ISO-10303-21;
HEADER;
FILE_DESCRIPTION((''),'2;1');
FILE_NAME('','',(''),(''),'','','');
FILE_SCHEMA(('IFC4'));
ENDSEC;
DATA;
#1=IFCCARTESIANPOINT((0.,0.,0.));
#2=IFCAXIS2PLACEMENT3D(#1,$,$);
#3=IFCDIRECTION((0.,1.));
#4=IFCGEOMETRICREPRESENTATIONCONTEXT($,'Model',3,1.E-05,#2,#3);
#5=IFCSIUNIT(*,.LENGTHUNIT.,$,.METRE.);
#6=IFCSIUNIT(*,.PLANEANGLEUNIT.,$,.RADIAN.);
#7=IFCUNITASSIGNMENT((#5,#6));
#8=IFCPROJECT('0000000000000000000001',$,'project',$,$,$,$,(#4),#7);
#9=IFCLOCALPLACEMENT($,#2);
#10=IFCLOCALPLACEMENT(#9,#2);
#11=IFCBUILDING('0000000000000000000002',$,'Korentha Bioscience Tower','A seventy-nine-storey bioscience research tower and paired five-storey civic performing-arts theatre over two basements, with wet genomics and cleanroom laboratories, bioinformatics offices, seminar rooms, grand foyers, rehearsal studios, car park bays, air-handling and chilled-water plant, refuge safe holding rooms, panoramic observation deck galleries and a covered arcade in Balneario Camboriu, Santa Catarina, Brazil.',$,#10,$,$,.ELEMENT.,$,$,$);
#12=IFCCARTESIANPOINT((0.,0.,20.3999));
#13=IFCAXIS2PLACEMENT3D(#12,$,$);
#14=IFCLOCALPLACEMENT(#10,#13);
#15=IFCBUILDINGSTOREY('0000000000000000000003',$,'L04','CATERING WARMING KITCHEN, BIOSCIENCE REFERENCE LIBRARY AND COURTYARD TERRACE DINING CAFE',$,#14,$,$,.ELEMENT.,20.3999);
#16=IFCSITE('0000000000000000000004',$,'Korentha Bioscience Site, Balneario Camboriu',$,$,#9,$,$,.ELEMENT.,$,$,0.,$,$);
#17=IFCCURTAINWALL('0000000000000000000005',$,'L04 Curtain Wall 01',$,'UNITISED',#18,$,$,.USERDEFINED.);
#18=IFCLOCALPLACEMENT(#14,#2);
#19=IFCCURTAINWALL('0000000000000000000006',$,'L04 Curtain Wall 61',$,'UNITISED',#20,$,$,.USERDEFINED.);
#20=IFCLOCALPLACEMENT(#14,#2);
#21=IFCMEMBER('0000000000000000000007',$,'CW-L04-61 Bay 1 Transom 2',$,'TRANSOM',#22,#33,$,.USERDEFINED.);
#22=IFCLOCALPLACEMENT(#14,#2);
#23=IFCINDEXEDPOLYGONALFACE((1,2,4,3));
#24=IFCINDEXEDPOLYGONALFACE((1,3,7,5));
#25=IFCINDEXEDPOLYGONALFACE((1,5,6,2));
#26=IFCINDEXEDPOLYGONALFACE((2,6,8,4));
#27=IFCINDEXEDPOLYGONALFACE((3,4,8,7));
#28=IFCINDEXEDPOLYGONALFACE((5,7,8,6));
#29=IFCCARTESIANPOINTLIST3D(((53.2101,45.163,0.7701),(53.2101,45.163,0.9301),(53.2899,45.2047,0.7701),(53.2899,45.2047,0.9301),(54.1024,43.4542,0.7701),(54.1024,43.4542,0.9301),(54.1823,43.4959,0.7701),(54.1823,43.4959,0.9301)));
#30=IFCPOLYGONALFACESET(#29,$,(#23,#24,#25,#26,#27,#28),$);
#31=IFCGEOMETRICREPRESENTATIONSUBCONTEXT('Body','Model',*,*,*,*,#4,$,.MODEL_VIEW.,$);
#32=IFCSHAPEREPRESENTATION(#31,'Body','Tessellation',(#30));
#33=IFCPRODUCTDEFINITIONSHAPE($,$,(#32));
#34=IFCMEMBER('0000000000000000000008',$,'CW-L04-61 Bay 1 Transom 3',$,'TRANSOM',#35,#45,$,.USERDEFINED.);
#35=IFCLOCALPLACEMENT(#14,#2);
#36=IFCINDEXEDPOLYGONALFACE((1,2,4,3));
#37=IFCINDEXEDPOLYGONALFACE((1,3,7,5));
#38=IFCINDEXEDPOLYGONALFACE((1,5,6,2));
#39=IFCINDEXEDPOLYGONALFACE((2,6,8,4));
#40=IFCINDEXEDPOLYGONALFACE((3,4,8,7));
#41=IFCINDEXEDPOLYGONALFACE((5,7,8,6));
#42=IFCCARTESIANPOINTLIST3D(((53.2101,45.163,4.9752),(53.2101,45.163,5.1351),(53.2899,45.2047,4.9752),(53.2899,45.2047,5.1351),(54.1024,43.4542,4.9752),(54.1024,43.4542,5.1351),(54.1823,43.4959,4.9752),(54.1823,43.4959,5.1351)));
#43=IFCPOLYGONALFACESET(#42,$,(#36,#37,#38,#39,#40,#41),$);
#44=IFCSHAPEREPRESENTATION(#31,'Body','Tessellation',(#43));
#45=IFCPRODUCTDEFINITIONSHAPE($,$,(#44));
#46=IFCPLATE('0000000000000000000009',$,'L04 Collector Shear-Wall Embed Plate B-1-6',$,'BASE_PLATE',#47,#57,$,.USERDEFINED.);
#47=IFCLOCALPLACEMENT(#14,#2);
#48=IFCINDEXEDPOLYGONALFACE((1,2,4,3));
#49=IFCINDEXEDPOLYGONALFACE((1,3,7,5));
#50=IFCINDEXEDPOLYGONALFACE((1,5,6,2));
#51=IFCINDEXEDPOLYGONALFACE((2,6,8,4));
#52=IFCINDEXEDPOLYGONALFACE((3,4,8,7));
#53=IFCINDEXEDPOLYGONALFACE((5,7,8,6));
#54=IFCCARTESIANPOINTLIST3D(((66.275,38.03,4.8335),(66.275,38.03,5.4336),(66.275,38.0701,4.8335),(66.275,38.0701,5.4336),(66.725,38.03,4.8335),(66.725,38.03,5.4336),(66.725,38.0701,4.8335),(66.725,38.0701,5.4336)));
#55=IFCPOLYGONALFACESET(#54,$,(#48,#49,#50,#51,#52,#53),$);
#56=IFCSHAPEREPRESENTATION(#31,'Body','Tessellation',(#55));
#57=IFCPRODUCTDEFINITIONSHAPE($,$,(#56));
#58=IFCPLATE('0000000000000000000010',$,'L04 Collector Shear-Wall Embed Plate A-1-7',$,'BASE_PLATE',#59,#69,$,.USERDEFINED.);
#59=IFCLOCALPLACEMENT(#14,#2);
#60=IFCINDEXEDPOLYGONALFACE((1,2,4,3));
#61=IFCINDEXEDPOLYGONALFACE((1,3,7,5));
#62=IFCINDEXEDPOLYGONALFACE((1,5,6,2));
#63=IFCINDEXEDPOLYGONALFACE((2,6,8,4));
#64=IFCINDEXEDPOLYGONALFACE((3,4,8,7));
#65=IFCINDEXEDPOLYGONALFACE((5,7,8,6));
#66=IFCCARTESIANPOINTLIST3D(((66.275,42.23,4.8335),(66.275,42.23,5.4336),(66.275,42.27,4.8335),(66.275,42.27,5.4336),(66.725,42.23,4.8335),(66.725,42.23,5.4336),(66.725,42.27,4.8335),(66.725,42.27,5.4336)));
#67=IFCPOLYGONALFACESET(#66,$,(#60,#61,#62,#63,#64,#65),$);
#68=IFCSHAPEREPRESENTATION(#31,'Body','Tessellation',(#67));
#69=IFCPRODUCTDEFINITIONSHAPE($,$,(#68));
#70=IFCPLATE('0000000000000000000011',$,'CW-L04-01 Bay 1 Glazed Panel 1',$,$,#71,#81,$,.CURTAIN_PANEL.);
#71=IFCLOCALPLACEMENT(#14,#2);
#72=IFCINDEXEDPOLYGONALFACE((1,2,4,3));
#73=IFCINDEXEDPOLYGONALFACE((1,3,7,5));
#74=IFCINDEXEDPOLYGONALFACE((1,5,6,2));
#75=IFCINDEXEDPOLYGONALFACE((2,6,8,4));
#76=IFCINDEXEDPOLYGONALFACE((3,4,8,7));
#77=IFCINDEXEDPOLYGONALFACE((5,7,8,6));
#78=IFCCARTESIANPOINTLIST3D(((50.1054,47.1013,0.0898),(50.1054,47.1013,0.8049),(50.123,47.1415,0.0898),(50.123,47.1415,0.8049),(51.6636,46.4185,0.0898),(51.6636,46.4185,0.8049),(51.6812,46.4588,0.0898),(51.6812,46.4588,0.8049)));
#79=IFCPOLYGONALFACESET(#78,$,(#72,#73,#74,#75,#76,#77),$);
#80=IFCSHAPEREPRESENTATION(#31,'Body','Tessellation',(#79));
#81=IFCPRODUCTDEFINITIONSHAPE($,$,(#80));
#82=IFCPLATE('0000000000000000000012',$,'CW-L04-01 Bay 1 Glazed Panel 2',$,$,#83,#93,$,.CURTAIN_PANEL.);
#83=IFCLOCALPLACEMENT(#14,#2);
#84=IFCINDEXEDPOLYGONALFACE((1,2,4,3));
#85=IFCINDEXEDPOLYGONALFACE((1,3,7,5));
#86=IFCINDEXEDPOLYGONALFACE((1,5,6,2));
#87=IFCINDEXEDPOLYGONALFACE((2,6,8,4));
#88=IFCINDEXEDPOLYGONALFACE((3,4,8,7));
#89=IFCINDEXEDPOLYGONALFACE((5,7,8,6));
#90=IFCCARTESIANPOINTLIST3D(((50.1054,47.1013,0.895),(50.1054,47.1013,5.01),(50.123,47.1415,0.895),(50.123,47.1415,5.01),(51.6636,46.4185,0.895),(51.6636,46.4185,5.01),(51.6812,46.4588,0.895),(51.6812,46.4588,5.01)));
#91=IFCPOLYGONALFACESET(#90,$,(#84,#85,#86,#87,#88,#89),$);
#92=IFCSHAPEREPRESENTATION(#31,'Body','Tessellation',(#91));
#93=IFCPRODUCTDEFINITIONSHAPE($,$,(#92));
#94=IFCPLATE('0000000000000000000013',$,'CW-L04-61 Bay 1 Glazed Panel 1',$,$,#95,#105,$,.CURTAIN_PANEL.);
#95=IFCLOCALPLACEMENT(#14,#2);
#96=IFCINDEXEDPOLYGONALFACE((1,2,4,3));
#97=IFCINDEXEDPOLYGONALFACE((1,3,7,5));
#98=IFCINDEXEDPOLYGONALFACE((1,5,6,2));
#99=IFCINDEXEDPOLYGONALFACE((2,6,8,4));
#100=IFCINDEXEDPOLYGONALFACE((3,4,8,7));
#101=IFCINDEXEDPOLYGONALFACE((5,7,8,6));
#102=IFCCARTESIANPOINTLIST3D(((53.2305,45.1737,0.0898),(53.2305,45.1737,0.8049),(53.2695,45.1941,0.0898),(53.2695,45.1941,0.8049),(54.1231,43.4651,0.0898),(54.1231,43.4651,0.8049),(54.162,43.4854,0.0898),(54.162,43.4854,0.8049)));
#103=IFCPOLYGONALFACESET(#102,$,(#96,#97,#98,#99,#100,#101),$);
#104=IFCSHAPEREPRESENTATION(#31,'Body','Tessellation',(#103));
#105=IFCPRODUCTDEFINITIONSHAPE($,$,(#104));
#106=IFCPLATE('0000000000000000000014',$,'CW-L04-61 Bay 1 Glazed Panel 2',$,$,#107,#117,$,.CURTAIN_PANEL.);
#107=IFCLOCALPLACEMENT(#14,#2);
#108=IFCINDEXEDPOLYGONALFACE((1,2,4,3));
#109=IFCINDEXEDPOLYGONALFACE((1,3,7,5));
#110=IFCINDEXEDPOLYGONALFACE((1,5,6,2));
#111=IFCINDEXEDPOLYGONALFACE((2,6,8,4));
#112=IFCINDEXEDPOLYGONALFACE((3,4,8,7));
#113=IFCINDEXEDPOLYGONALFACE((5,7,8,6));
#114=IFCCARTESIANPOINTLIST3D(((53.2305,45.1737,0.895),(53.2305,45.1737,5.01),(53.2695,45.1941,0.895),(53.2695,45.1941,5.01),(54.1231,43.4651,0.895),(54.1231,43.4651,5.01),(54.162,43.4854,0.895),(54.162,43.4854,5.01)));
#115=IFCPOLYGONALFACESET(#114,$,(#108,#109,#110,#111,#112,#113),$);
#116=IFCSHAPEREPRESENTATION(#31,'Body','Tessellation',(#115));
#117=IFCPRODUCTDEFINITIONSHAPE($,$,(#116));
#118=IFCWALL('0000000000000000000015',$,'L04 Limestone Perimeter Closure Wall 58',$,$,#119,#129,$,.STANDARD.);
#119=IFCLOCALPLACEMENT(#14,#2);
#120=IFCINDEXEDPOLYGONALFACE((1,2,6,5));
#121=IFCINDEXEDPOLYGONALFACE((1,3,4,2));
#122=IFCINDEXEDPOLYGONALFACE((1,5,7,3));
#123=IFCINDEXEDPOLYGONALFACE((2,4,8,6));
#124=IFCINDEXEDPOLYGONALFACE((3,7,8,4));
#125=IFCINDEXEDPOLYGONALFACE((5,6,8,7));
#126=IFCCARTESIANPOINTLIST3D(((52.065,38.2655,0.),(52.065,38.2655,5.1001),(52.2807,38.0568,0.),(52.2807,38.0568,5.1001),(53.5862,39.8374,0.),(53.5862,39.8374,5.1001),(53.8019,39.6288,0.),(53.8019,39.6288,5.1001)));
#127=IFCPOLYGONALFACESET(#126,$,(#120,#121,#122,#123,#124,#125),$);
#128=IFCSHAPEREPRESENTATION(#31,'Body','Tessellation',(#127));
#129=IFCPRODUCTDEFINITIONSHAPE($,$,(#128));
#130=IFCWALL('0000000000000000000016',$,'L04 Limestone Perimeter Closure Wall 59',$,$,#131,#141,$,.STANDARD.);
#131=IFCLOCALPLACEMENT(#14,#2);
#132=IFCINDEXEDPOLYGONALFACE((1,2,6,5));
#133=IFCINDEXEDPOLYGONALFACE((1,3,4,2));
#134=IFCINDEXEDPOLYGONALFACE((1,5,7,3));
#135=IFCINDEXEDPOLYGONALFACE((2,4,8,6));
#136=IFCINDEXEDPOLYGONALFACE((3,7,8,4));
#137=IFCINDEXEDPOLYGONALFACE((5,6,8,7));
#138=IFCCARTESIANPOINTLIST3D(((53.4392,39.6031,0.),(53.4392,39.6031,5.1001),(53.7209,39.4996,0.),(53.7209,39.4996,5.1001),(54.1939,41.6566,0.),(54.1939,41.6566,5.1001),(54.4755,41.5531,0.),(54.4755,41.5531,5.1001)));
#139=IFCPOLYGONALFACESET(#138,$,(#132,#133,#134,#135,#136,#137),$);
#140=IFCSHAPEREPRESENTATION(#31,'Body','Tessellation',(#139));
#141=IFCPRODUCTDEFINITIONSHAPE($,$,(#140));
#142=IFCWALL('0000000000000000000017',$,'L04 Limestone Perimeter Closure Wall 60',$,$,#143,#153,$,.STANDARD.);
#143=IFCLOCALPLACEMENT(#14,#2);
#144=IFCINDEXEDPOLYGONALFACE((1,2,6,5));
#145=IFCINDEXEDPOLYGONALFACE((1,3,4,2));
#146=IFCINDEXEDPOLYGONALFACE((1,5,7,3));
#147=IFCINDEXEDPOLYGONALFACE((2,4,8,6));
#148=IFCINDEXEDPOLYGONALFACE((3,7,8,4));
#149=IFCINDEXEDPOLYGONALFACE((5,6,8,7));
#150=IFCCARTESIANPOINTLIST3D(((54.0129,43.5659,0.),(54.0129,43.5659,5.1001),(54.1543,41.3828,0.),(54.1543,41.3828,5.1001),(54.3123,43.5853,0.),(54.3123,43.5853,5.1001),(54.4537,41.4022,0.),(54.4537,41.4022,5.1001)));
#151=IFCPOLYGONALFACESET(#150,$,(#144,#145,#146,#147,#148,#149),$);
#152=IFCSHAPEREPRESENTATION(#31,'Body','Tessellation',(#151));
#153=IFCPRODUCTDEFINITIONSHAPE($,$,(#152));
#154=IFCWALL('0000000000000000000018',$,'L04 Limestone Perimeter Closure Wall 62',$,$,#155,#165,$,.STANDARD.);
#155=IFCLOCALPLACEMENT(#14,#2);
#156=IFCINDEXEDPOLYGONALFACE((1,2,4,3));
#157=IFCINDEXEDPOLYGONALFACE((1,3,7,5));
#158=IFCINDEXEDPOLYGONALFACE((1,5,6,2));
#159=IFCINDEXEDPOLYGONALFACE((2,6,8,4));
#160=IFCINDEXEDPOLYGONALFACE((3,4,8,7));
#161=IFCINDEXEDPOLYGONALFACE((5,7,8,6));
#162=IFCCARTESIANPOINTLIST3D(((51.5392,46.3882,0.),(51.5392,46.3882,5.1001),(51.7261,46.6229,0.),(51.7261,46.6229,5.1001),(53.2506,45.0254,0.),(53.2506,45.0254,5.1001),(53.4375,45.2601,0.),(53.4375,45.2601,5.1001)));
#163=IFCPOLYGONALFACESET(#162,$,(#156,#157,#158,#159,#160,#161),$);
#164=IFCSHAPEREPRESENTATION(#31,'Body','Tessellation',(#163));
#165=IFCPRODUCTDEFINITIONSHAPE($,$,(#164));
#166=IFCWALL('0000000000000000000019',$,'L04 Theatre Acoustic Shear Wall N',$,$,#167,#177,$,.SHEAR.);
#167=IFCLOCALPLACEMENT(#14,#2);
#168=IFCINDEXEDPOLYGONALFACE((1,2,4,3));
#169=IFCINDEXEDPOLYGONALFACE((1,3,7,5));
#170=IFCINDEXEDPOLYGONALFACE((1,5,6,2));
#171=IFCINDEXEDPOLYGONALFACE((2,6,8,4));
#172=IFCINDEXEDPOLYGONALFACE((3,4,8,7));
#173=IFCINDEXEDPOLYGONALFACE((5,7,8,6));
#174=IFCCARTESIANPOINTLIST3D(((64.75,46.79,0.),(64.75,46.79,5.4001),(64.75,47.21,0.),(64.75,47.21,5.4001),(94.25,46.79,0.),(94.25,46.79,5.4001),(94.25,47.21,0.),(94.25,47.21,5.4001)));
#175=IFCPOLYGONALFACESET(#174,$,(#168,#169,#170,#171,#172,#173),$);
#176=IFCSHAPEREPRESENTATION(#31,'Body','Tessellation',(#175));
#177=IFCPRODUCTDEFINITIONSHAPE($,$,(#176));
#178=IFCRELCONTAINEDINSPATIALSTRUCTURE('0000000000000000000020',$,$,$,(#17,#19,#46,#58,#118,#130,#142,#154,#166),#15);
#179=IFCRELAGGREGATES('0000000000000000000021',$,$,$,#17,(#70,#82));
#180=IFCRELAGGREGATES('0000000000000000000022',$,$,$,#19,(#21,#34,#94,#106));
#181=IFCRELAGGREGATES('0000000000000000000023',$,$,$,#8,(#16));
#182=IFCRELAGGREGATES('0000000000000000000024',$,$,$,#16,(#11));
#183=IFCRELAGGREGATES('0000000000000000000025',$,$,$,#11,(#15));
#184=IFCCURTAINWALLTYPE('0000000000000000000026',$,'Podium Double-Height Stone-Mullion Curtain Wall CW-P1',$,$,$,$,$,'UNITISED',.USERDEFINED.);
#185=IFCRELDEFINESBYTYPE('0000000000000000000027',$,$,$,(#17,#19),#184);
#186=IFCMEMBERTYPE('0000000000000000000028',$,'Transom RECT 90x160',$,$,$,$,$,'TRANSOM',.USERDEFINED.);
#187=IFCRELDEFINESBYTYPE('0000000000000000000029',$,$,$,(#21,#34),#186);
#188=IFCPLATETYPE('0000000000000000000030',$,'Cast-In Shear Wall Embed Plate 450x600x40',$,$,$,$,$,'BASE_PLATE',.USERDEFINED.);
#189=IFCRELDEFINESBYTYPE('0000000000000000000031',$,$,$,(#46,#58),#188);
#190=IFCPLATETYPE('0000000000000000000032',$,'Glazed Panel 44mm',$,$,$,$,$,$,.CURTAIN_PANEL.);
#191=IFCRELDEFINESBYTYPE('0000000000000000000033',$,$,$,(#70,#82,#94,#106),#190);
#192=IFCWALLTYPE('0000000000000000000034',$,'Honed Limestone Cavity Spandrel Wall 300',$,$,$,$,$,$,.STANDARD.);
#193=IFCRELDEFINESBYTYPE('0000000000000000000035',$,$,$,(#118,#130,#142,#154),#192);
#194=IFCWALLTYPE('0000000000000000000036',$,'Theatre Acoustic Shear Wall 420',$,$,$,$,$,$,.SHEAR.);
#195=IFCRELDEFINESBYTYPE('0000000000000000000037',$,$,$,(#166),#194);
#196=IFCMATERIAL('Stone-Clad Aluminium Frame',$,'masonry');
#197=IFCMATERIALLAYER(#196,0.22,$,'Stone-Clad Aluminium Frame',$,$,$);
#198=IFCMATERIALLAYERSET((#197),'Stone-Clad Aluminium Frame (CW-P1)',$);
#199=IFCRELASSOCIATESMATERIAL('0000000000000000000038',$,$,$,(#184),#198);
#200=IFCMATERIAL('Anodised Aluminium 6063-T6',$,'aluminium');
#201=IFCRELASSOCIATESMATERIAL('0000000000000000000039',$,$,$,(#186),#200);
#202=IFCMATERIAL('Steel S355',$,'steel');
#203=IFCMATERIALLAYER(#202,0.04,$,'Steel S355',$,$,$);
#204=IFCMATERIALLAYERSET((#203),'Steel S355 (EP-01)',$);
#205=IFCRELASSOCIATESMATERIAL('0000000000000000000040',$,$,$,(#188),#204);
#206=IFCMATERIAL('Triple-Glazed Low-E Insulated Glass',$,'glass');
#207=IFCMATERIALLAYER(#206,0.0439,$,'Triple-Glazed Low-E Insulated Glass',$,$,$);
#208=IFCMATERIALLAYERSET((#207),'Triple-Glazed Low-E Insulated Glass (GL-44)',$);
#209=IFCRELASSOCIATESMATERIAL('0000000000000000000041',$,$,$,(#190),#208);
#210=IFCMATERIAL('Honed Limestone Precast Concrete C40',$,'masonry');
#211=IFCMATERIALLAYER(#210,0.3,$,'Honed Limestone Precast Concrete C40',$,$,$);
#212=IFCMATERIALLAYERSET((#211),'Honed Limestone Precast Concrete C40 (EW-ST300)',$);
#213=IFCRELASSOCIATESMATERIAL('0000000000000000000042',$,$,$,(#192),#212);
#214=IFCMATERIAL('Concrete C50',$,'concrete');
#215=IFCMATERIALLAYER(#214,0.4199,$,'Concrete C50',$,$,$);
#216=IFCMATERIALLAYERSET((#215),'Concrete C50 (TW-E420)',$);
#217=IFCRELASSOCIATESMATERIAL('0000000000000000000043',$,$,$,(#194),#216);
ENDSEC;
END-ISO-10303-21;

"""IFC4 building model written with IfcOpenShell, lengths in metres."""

from ifc_helpers import new_model, si_unit, direction, frame, frame_2d, origin, origin_2d, place, context, subcontext, project, spatial, rectangle, extrude, material, layer, layer_set, material_profile, profile_set, type_object, element, aggregate, save


model = new_model("IFC4")

# Units and contexts
model_context = context("Model", 3, precision=1e-05, world=origin(), true_north=direction((0.0, 1.0)))
body_context = subcontext(model_context, "Body", "Model", "MODEL_VIEW")
ifc_project = project(units=[si_unit("LENGTHUNIT", "METRE"), si_unit("PLANEANGLEUNIT", "RADIAN")], contexts=[model_context])

# Site, building, storey
site_placement = place(None, origin())
site = spatial("IfcSite", under=ifc_project, at=site_placement, Name="Korentha Bioscience Site, Balneario Camboriu", CompositionType="ELEMENT", RefElevation=0.0)
building_placement = place(site_placement, origin())
building = spatial("IfcBuilding", under=site, at=building_placement, Name="Korentha Bioscience Tower", Description="A seventy-nine-storey bioscience research tower and paired five-storey civic performing-arts theatre over two basements, with wet genomics and cleanroom laboratories, bioinformatics offices, seminar rooms, grand foyers, rehearsal studios, car park bays, air-handling and chilled-water plant, refuge safe holding rooms, panoramic observation deck galleries and a covered arcade in Balneario Camboriu, Santa Catarina, Brazil.", CompositionType="ELEMENT")
storey_placement = place(building_placement, frame((0.0, 0.0, 20.3999)))
storey = spatial("IfcBuildingStorey", under=building, at=storey_placement, Name="L04", Description="CATERING WARMING KITCHEN, BIOSCIENCE REFERENCE LIBRARY AND COURTYARD TERRACE DINING CAFE", CompositionType="ELEMENT", Elevation=20.3999)

# Shared definitions
ifc_material_1 = material(Name="Concrete C50", Category="concrete")

# Curtain walls
ifc_material_2 = material(Name="Stone-Clad Aluminium Frame", Category="masonry")
ifc_layer_1 = layer(ifc_material_2, 0.22, Name="Stone-Clad Aluminium Frame")
ifc_layer_set_1 = layer_set([ifc_layer_1], Name="Stone-Clad Aluminium Frame (CW-P1)")
curtain_wall_type = type_object("IfcCurtainWallType", Name="Podium Double-Height Stone-Mullion Curtain Wall CW-P1", ElementType="UNITISED", PredefinedType="USERDEFINED", material=ifc_layer_set_1)
curtain_wall_1_placement = place(storey_placement, origin())
curtain_wall_1 = element("IfcCurtainWall", 1, at=curtain_wall_1_placement, inside=storey, type_object=curtain_wall_type, Name="L04 Curtain Wall 01", ObjectType="UNITISED", PredefinedType="USERDEFINED")
ifc_material_3 = material(Name="Anodised Aluminium 6063-T6", Category="aluminium")
curtain_wall_2_placement = place(storey_placement, origin())
curtain_wall_2 = element("IfcCurtainWall", 2, at=curtain_wall_2_placement, inside=storey, type_object=curtain_wall_type, Name="L04 Curtain Wall 61", ObjectType="UNITISED", PredefinedType="USERDEFINED")

# Shared definitions
ifc_material_4 = material(Name="Steel S355", Category="steel")

# Members
ifc_material_profile_1 = material_profile(ifc_material_3, rectangle(XDim=0.0901, YDim=0.1599, at=origin_2d()), Name="Anodised Aluminium 6063-T6")
ifc_profile_set_1 = profile_set([ifc_material_profile_1], Name="Anodised Aluminium 6063-T6 (CW-TRN)")
member_type_1 = type_object("IfcMemberType", Name="Transom RECT 90x160", ElementType="TRANSOM", PredefinedType="USERDEFINED", material=ifc_profile_set_1)
member_1_placement = place(storey_placement, frame((54.1423, 43.4751, 0.8501), z_axis=(-0.462899, 0.886411, 0.0), x_axis=(-0.886411, -0.462899, 0.0)))
member_1 = element("IfcMember", 3, at=member_1_placement, type_object=member_type_1, Name="CW-L04-61 Bay 1 Transom 2", ObjectType="TRANSOM", PredefinedType="USERDEFINED", context=body_context, shape_type="SweptSolid", body=[
    extrude(rectangle(XDim=0.0901, YDim=0.1599, at=origin_2d()), origin(), (0.0, 0.0, 1.0), 1.9277),
])
member_2_placement = place(storey_placement, frame((54.1423, 43.4751, 5.0552), z_axis=(-0.462899, 0.886411, 0.0), x_axis=(-0.886411, -0.462899, 0.0)))
member_2 = element("IfcMember", 4, at=member_2_placement, type_object=member_type_1, Name="CW-L04-61 Bay 1 Transom 3", ObjectType="TRANSOM", PredefinedType="USERDEFINED", context=body_context, shape_type="SweptSolid", body=[
    extrude(rectangle(XDim=0.0901, YDim=0.1599, at=origin_2d()), origin(), (0.0, 0.0, 1.0), 1.9277),
])

# Plates
ifc_layer_2 = layer(ifc_material_4, 0.04, Name="Steel S355")
ifc_layer_set_2 = layer_set([ifc_layer_2], Name="Steel S355 (EP-01)")
plate_type_1 = type_object("IfcPlateType", Name="Cast-In Shear Wall Embed Plate 450x600x40", ElementType="BASE_PLATE", PredefinedType="USERDEFINED", material=ifc_layer_set_2)
for number, where, z_axis, x_axis, name in (
    (5, (66.5, 38.05, 4.8335), (0.0, 0.0, 1.0), (1.0, 0.0, 0.0), "L04 Collector Shear-Wall Embed Plate B-1-6"),
    (6, (66.5, 42.25, 4.8335), (0.0, 0.0, 1.0), (1.0, 0.0, 0.0), "L04 Collector Shear-Wall Embed Plate A-1-7"),
):
    element("IfcPlate", number, at=place(storey_placement, frame(where, z_axis=z_axis, x_axis=x_axis)), inside=storey, type_object=plate_type_1, Name=name, ObjectType="BASE_PLATE", PredefinedType="USERDEFINED", context=body_context, shape_type="SweptSolid", body=[
        extrude(rectangle(XDim=0.45, YDim=0.04, at=origin_2d()), origin(), (0.0, 0.0, 1.0), 0.6001),
    ])

# Plates
ifc_material_5 = material(Name="Triple-Glazed Low-E Insulated Glass", Category="glass")
ifc_layer_3 = layer(ifc_material_5, 0.0439, Name="Triple-Glazed Low-E Insulated Glass")
ifc_layer_set_3 = layer_set([ifc_layer_3], Name="Triple-Glazed Low-E Insulated Glass (GL-44)")
plate_type_2 = type_object("IfcPlateType", Name="Glazed Panel 44mm", PredefinedType="CURTAIN_PANEL", material=ifc_layer_set_3)
plate_1_placement = place(storey_placement, frame((50.8933, 46.78, 0.0898), z_axis=(0.0, 0.0, 1.0), x_axis=(-0.915939, 0.401317, 0.0)))
plate_1 = element("IfcPlate", 7, at=plate_1_placement, type_object=plate_type_2, Name="CW-L04-01 Bay 1 Glazed Panel 1", PredefinedType="CURTAIN_PANEL", context=body_context, shape_type="SweptSolid", body=[
    extrude(rectangle(XDim=1.7012, YDim=0.0439, at=origin_2d()), origin(), (0.0, 0.0, 1.0), 0.7151),
])
plate_2_placement = place(storey_placement, frame((50.8933, 46.78, 0.895), z_axis=(0.0, 0.0, 1.0), x_axis=(-0.915939, 0.401317, 0.0)))
plate_2 = element("IfcPlate", 8, at=plate_2_placement, type_object=plate_type_2, Name="CW-L04-01 Bay 1 Glazed Panel 2", PredefinedType="CURTAIN_PANEL", context=body_context, shape_type="SweptSolid", body=[
    extrude(rectangle(XDim=1.7012, YDim=0.0439, at=origin_2d()), origin(), (0.0, 0.0, 1.0), 4.115),
])
aggregate(curtain_wall_1, [plate_1, plate_2])
plate_3_placement = place(storey_placement, frame((53.6963, 44.3296, 0.0898), z_axis=(0.0, 0.0, 1.0), x_axis=(-0.463009, 0.886354, 0.0)))
plate_3 = element("IfcPlate", 9, at=plate_3_placement, type_object=plate_type_2, Name="CW-L04-61 Bay 1 Glazed Panel 1", PredefinedType="CURTAIN_PANEL", context=body_context, shape_type="SweptSolid", body=[
    extrude(rectangle(XDim=1.9277, YDim=0.0439, at=origin_2d()), origin(), (0.0, 0.0, 1.0), 0.7151),
])
plate_4_placement = place(storey_placement, frame((53.6963, 44.3296, 0.895), z_axis=(0.0, 0.0, 1.0), x_axis=(-0.463009, 0.886354, 0.0)))
plate_4 = element("IfcPlate", 10, at=plate_4_placement, type_object=plate_type_2, Name="CW-L04-61 Bay 1 Glazed Panel 2", PredefinedType="CURTAIN_PANEL", context=body_context, shape_type="SweptSolid", body=[
    extrude(rectangle(XDim=1.9277, YDim=0.0439, at=origin_2d()), origin(), (0.0, 0.0, 1.0), 4.115),
])
aggregate(curtain_wall_2, [member_1, member_2, plate_3, plate_4])

# Walls
ifc_material_6 = material(Name="Honed Limestone Precast Concrete C40", Category="masonry")
ifc_layer_4 = layer(ifc_material_6, 0.3, Name="Honed Limestone Precast Concrete C40")
ifc_layer_set_4 = layer_set([ifc_layer_4], Name="Honed Limestone Precast Concrete C40 (EW-ST300)")
wall_type_1 = type_object("IfcWallType", Name="Honed Limestone Cavity Spandrel Wall 300", PredefinedType="STANDARD", material=ifc_layer_set_4)
wall_1_placement = place(storey_placement, frame((52.1729, 38.1611, 0.0), z_axis=(0.0, 0.0, 1.0), x_axis=(0.695405, 0.718618, 0.0)))
element("IfcWall", 11, at=wall_1_placement, inside=storey, type_object=wall_type_1, Name="L04 Limestone Perimeter Closure Wall 58", PredefinedType="STANDARD", context=body_context, shape_type="SweptSolid", body=[
    extrude(rectangle(XDim=2.1875, YDim=0.3, at=frame_2d((1.0938, 0.0))), origin(), (0.0, 0.0, 1.0), 5.1001),
])
for number, where, z_axis, x_axis, name in (
    (12, (53.5801, 39.5515, 0.0), (0.0, 0.0, 1.0), (0.34494, 0.938625, 0.0), "L04 Limestone Perimeter Closure Wall 59"),
    (13, (54.304, 41.3926, 0.0), (0.0, 0.0, 1.0), (-0.064615, 0.99791, 0.0), "L04 Limestone Perimeter Closure Wall 60"),
    (14, (53.344, 45.1428, 0.0), (0.0, 0.0, 1.0), (-0.782282, 0.622924, 0.0), "L04 Limestone Perimeter Closure Wall 62"),
):
    element("IfcWall", number, at=place(storey_placement, frame(where, z_axis=z_axis, x_axis=x_axis)), inside=storey, type_object=wall_type_1, Name=name, PredefinedType="STANDARD", context=body_context, shape_type="SweptSolid", body=[
        extrude(rectangle(XDim=2.1877, YDim=0.3, at=frame_2d((1.0938, 0.0))), origin(), (0.0, 0.0, 1.0), 5.1001),
    ])
ifc_layer_5 = layer(ifc_material_1, 0.4199, Name="Concrete C50")
ifc_layer_set_5 = layer_set([ifc_layer_5], Name="Concrete C50 (TW-E420)")
wall_type_2 = type_object("IfcWallType", Name="Theatre Acoustic Shear Wall 420", PredefinedType="SHEAR", material=ifc_layer_set_5)
wall_2_placement = place(storey_placement, frame((64.75, 47.0, 0.0), z_axis=(0.0, 0.0, 1.0), x_axis=(1.0, 0.0, 0.0)))
element("IfcWall", 15, at=wall_2_placement, inside=storey, type_object=wall_type_2, Name="L04 Theatre Acoustic Shear Wall N", PredefinedType="SHEAR", context=body_context, shape_type="SweptSolid", body=[
    extrude(rectangle(XDim=29.5, YDim=0.4199, at=frame_2d((14.75, 0.0))), origin(), (0.0, 0.0, 1.0), 5.4001),
])

save(model, "model.ifc")
